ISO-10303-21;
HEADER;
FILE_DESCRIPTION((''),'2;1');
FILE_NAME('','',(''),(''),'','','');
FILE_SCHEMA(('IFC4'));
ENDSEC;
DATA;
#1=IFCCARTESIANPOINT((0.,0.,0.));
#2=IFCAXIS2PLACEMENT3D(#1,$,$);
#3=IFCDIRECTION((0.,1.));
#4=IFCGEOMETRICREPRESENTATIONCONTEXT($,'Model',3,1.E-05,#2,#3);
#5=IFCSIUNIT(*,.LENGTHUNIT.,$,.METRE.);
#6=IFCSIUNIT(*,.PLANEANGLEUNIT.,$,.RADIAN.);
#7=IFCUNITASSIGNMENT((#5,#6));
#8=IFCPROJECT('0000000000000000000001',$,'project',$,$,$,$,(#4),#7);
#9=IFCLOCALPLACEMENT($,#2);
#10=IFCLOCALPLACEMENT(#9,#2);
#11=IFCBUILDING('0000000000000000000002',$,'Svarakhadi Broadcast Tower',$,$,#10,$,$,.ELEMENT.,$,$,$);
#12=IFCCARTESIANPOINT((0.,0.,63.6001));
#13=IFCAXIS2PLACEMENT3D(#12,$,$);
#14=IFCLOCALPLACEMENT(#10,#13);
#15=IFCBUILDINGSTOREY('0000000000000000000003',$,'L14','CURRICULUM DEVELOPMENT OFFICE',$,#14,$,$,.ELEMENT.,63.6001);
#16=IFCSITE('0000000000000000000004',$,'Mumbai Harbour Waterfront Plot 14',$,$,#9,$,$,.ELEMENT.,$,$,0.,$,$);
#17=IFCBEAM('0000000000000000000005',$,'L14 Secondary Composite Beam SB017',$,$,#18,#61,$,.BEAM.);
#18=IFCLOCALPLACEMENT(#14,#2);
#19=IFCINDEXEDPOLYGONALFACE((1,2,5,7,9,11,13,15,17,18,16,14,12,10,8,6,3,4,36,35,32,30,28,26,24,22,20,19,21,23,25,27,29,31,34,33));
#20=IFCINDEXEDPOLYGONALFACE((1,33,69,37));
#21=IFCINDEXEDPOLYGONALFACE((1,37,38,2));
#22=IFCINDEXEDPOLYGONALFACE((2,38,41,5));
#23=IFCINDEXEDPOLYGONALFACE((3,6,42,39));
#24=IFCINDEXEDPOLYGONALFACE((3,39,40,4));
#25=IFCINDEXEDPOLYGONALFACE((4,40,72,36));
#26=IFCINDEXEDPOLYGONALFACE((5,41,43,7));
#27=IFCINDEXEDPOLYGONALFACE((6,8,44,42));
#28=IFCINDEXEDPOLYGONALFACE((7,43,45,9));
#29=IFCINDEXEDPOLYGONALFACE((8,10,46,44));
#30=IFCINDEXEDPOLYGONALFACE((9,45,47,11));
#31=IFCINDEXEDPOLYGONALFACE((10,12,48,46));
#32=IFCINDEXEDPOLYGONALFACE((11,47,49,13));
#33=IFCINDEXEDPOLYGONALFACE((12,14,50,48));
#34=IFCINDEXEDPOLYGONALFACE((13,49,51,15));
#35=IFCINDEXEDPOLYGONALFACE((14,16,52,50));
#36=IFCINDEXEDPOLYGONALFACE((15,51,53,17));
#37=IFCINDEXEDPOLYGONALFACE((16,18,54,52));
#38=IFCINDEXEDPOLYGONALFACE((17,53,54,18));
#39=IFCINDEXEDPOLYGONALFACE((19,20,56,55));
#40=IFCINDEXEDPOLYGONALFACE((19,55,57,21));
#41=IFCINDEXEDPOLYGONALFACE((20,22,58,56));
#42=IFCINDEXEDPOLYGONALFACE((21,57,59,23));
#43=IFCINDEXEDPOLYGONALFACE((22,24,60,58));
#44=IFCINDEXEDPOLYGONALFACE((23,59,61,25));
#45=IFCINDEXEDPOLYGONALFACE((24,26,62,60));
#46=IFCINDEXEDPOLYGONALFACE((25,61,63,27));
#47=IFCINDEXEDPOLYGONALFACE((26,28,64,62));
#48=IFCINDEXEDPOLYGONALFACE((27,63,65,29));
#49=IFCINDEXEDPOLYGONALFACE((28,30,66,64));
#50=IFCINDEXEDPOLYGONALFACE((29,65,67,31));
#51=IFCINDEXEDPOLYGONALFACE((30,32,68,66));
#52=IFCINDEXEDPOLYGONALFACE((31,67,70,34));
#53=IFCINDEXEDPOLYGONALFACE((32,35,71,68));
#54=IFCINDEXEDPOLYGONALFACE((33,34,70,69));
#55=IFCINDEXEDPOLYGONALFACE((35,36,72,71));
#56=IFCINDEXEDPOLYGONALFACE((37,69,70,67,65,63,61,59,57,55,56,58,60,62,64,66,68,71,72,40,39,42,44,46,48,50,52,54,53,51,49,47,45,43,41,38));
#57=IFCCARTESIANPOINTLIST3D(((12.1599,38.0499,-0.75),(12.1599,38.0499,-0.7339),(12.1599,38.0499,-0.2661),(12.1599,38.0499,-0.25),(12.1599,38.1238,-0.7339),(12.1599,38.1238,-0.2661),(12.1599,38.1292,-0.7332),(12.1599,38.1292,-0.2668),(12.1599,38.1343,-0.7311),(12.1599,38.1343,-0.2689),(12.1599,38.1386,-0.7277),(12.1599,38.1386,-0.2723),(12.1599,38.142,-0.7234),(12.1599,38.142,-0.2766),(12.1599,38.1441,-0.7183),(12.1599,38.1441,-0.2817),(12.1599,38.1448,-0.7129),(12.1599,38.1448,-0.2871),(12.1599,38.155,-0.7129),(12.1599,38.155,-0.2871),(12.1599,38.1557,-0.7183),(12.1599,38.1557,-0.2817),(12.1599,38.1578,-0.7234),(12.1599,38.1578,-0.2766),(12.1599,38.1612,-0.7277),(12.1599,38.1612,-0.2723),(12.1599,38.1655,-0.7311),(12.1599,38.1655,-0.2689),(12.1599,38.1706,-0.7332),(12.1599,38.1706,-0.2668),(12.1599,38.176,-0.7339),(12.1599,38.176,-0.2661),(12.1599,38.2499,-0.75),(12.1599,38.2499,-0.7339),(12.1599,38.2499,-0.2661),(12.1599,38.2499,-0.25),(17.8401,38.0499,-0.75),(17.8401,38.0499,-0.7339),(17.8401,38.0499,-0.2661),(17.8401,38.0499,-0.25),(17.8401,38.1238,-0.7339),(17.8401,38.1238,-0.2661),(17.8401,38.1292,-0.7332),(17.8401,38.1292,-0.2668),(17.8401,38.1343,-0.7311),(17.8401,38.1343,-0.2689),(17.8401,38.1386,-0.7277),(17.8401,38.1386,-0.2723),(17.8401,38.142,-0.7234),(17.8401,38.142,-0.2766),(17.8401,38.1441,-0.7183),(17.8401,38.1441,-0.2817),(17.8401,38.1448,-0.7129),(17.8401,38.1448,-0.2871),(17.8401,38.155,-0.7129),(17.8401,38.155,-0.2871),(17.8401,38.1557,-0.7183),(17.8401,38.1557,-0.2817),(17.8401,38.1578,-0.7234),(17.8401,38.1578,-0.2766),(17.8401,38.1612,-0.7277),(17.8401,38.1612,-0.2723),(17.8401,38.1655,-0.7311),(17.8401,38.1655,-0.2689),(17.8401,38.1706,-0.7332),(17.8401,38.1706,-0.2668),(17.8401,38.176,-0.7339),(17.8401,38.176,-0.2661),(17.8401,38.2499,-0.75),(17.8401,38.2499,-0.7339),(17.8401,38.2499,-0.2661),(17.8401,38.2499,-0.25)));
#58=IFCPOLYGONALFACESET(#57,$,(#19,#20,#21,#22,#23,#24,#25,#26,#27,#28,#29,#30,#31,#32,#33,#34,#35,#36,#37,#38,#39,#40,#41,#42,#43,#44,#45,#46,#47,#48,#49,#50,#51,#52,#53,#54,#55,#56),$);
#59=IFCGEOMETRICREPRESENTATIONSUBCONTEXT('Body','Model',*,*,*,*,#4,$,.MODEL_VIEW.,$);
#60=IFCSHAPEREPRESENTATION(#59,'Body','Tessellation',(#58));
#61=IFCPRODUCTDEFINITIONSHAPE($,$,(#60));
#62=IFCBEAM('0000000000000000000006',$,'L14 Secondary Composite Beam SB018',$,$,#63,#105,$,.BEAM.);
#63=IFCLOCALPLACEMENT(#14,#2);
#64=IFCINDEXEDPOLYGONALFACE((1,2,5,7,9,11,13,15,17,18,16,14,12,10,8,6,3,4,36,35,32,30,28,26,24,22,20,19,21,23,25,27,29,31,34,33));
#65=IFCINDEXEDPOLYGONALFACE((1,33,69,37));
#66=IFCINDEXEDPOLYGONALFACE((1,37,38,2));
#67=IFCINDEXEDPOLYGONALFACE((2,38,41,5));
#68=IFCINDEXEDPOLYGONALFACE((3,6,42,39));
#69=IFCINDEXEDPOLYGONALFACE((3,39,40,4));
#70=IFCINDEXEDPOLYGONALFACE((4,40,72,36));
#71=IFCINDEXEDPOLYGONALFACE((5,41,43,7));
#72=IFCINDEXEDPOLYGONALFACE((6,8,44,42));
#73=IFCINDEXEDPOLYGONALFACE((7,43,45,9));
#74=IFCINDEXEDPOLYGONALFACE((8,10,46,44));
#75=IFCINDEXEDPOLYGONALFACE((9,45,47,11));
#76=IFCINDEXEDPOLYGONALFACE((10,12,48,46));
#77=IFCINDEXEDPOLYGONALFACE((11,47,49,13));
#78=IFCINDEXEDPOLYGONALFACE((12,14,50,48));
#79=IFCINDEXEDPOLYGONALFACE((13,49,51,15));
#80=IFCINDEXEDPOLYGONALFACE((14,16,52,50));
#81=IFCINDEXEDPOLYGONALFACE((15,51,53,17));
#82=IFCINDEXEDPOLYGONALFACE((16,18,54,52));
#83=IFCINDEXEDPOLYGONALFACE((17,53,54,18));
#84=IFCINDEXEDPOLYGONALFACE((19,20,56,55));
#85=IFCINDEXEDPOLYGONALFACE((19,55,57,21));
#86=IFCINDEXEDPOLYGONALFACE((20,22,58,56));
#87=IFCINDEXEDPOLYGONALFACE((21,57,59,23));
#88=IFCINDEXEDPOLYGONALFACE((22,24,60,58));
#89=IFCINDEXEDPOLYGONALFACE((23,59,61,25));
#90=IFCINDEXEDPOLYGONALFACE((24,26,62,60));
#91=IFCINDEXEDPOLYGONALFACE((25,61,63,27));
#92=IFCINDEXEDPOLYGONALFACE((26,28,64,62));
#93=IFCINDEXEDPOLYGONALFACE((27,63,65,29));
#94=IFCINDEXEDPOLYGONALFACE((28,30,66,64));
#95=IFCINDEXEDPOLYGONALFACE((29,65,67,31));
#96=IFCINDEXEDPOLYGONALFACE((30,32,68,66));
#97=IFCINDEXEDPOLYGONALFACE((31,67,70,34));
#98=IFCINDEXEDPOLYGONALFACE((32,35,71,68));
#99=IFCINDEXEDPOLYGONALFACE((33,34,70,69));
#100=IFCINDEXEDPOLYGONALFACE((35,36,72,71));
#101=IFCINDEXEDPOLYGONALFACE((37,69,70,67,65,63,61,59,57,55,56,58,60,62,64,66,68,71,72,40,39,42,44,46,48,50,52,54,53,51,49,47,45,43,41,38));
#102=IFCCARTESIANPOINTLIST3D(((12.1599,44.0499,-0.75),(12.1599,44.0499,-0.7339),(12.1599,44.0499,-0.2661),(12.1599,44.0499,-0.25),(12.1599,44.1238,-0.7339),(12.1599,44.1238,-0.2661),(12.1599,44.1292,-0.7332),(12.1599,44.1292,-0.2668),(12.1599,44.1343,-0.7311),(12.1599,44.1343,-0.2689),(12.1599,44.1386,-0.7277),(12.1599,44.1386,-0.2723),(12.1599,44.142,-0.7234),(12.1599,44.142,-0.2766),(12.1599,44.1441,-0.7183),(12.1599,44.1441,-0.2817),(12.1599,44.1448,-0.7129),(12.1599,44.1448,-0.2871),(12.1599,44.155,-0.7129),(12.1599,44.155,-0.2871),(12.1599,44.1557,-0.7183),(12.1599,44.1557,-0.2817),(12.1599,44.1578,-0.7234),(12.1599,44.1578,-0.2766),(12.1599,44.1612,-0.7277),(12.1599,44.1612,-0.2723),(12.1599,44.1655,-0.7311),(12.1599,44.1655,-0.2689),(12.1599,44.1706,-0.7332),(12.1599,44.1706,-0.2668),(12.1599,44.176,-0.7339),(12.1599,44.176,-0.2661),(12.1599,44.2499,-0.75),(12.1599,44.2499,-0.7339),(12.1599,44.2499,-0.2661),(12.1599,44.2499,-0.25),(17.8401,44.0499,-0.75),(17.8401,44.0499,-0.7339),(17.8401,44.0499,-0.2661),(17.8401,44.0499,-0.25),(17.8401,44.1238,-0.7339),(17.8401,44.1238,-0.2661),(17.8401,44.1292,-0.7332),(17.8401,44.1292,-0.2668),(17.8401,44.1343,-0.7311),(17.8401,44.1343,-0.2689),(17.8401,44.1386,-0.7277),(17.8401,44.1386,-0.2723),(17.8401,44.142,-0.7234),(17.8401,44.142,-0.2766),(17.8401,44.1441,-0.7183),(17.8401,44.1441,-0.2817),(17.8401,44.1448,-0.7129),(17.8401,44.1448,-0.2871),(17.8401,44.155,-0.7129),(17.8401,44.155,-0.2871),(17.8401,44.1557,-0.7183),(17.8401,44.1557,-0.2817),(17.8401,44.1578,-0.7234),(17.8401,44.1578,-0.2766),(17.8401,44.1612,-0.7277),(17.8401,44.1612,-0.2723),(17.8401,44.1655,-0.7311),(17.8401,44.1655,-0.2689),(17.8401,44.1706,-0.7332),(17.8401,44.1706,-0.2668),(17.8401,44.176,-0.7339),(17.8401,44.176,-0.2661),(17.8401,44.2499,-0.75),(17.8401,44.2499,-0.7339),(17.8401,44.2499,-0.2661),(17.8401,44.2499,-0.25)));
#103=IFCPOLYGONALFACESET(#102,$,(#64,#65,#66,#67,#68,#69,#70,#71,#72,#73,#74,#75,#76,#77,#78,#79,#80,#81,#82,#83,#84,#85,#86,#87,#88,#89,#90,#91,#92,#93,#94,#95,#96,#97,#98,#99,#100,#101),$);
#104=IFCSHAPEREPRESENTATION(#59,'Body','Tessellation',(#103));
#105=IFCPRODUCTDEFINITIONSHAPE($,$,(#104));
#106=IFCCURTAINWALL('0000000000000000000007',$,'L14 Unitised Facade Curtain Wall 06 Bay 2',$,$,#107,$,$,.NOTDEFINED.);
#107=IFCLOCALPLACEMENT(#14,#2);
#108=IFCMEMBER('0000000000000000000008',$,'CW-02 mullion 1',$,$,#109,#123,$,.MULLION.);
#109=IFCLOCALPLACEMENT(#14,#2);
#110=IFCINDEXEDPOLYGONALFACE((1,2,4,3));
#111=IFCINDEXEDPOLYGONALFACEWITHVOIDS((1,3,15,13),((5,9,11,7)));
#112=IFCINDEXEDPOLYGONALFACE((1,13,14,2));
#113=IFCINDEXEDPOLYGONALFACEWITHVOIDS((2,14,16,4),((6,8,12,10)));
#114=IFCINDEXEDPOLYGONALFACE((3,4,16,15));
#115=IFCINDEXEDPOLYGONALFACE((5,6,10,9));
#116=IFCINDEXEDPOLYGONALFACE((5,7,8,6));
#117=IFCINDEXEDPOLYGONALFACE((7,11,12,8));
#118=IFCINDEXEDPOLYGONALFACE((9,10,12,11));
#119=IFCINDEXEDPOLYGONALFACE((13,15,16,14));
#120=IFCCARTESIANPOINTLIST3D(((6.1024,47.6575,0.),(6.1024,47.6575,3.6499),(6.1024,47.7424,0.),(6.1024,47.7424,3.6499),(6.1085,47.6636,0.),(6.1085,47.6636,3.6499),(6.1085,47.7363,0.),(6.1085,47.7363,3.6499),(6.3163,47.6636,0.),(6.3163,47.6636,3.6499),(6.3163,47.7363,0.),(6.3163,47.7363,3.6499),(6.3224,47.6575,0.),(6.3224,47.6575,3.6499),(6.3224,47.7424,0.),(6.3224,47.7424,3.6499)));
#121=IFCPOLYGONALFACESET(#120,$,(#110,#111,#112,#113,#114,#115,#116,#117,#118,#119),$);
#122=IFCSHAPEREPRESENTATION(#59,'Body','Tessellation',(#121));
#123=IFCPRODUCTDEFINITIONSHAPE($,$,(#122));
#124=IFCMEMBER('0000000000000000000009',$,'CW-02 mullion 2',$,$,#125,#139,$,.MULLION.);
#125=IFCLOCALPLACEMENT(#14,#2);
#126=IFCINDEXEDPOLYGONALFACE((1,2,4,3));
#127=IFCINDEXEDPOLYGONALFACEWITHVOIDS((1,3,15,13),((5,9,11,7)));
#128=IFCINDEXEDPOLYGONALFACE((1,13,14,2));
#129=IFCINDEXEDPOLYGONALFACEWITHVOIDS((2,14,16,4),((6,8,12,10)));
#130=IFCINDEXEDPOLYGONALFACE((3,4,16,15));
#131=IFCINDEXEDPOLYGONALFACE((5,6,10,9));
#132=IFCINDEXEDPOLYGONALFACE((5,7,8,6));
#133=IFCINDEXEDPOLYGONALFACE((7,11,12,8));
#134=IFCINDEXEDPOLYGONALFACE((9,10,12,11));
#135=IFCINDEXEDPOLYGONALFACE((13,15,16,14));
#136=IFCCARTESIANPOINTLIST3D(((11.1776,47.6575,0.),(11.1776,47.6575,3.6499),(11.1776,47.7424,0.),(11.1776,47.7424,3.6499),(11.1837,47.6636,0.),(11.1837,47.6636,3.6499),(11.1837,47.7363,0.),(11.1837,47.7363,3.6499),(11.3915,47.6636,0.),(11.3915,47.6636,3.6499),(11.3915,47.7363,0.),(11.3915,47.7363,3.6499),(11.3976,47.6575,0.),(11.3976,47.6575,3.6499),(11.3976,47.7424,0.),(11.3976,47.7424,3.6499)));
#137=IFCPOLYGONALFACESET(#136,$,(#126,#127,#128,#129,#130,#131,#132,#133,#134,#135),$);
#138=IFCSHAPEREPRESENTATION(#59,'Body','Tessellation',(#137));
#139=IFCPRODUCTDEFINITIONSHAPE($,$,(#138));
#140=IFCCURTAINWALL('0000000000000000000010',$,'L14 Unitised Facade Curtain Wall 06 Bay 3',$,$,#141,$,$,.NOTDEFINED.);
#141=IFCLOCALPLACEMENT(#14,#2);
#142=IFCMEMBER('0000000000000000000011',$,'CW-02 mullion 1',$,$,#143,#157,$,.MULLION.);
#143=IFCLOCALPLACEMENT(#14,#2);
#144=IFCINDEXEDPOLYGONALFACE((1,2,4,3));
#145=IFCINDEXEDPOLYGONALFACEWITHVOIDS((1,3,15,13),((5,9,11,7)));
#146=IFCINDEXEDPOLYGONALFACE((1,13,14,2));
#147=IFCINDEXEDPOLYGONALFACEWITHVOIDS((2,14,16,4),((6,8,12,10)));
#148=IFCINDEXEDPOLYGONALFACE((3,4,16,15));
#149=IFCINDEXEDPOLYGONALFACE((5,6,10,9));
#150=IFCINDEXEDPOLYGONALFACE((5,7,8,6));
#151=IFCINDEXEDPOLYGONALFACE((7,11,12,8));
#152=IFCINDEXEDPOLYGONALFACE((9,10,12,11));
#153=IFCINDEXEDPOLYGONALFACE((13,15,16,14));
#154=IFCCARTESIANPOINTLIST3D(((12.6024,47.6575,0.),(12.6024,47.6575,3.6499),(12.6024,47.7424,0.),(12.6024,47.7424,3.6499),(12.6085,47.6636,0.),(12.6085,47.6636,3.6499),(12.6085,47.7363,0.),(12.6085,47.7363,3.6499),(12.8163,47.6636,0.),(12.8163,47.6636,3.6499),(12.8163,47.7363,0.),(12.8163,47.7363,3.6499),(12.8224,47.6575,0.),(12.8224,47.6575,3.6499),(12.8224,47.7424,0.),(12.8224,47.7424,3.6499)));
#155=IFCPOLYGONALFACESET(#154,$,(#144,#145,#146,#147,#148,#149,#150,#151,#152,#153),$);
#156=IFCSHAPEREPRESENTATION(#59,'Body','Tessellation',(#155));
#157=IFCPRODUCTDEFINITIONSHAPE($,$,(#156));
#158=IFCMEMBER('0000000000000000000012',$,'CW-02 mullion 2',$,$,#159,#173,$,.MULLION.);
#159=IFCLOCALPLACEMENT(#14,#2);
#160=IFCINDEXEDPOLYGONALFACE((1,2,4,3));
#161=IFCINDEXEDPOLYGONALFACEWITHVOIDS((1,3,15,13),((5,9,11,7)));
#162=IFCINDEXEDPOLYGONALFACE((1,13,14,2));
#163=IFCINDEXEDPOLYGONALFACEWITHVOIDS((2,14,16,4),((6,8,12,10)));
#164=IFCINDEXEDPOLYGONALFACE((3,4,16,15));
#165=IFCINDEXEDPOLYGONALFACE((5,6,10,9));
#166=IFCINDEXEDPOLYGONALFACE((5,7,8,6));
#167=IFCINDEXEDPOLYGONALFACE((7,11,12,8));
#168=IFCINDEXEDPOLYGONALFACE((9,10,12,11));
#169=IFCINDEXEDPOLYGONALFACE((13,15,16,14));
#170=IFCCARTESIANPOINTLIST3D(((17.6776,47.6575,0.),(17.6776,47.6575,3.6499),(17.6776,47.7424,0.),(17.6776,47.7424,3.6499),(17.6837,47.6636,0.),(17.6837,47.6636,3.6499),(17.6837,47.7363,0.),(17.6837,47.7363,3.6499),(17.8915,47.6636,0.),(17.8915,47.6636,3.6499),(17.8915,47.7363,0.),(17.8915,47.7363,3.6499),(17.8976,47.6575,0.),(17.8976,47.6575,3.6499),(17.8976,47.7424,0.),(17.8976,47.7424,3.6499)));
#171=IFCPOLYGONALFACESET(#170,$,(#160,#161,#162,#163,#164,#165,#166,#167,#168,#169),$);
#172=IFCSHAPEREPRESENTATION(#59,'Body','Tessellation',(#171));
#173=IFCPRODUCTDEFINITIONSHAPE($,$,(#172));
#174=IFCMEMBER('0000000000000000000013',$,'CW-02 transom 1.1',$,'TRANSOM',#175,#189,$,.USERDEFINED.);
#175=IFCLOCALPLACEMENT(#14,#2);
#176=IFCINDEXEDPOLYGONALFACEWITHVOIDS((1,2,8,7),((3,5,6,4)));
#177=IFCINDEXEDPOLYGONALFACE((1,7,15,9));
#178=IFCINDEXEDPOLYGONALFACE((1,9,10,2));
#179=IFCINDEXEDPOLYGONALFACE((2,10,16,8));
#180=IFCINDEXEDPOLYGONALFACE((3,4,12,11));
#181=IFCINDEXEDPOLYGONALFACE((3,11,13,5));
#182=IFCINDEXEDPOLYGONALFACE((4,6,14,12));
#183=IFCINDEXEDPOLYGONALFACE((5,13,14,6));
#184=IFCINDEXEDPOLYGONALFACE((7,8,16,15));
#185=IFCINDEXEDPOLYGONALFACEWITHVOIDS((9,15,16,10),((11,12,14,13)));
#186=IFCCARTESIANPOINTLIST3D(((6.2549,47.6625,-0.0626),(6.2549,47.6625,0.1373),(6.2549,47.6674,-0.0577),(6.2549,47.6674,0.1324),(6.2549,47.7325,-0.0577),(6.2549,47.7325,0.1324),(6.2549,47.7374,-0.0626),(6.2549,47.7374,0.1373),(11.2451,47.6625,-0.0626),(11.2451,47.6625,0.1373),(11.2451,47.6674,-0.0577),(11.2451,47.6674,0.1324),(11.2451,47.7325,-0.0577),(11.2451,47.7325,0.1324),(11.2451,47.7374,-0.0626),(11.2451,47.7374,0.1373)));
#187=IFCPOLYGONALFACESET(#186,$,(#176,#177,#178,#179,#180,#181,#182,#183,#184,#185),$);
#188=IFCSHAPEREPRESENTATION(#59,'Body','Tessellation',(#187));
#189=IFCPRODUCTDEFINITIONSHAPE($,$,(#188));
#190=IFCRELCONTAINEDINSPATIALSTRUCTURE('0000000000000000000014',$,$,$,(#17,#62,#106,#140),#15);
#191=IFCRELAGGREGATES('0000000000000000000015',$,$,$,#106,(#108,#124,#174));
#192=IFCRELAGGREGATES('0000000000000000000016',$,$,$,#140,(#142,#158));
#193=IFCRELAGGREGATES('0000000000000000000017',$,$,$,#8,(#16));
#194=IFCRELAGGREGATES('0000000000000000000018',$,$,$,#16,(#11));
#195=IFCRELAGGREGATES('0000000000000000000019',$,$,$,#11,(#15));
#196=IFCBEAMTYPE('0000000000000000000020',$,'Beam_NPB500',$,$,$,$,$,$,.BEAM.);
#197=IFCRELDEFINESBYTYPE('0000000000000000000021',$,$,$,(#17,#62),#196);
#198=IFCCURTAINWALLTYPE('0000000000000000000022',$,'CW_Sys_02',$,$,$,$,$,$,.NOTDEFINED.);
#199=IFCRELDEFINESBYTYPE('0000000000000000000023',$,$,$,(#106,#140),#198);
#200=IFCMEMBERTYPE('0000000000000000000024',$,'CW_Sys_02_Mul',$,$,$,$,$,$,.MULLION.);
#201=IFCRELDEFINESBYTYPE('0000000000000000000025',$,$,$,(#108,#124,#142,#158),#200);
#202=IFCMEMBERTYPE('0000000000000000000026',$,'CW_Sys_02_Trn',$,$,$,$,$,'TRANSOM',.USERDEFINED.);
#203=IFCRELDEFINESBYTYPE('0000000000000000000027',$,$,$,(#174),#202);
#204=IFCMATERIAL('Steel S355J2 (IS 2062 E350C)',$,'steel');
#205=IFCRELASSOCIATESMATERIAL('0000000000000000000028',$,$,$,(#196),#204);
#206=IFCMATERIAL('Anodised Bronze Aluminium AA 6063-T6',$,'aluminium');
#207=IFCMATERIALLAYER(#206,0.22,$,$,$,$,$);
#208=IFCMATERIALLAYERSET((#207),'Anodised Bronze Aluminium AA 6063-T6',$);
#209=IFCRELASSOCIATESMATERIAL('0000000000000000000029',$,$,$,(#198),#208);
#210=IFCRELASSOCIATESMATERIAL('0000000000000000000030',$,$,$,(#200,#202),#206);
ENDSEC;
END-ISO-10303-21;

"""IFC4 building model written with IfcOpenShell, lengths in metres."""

from ifc_helpers import new_model, si_unit, direction, frame, origin, origin_2d, place, context, subcontext, project, spatial, hollow_rectangle, i_section, extrude, material, layer, layer_set, material_profile, profile_set, type_object, element, aggregate, save


model = new_model("IFC4")

# Units and contexts
model_context = context("Model", 3, precision=1e-05, world=origin(), true_north=direction((0.0, 1.0)))
body_context = subcontext(model_context, "Body", "Model", "MODEL_VIEW")
ifc_project = project(units=[si_unit("LENGTHUNIT", "METRE"), si_unit("PLANEANGLEUNIT", "RADIAN")], contexts=[model_context])

# Site, building, storey
site_placement = place(None, origin())
site = spatial("IfcSite", under=ifc_project, at=site_placement, Name="Mumbai Harbour Waterfront Plot 14", CompositionType="ELEMENT", RefElevation=0.0)
building_placement = place(site_placement, origin())
building = spatial("IfcBuilding", under=site, at=building_placement, Name="Svarakhadi Broadcast Tower", CompositionType="ELEMENT")
storey_placement = place(building_placement, frame((0.0, 0.0, 63.6001)))
storey = spatial("IfcBuildingStorey", under=building, at=storey_placement, Name="L14", Description="CURRICULUM DEVELOPMENT OFFICE", CompositionType="ELEMENT", Elevation=63.6001)

# Beams
ifc_material_1 = material(Name="Steel S355J2 (IS 2062 E350C)", Category="steel")
ifc_material_profile_1 = material_profile(ifc_material_1, i_section(OverallWidth=0.2, OverallDepth=0.5, WebThickness=0.0103, FlangeThickness=0.0161, FilletRadius=0.021, at=origin_2d()), Name="NPB 500x200x91")
ifc_profile_set_1 = profile_set([ifc_material_profile_1], Name="Steel S355J2 (IS 2062 E350C)")
beam_type_1 = type_object("IfcBeamType", Name="Beam_NPB500", PredefinedType="BEAM", material=ifc_profile_set_1)
for number, where, z_axis, x_axis, name in (
    (1, (12.1599, 38.1499, -0.5), (1.0, 0.0, 0.0), (0.0, 1.0, 0.0), "L14 Secondary Composite Beam SB017"),
    (2, (12.1599, 44.1499, -0.5), (1.0, 0.0, 0.0), (0.0, 1.0, 0.0), "L14 Secondary Composite Beam SB018"),
):
    element("IfcBeam", number, at=place(storey_placement, frame(where, z_axis=z_axis, x_axis=x_axis)), inside=storey, type_object=beam_type_1, Name=name, PredefinedType="BEAM", context=body_context, shape_type="SweptSolid", body=[
        extrude(i_section(OverallWidth=0.2, OverallDepth=0.5, WebThickness=0.0103, FlangeThickness=0.0161, FilletRadius=0.021, at=origin_2d()), origin(), (0.0, 0.0, 1.0), 5.6802),
    ])

# Curtain walls, members
ifc_material_2 = material(Name="Anodised Bronze Aluminium AA 6063-T6", Category="aluminium")
ifc_layer_1 = layer(ifc_material_2, 0.22)
ifc_layer_set_1 = layer_set([ifc_layer_1], Name="Anodised Bronze Aluminium AA 6063-T6")
curtain_wall_type = type_object("IfcCurtainWallType", Name="CW_Sys_02", PredefinedType="NOTDEFINED", material=ifc_layer_set_1)
curtain_wall_1_placement = place(storey_placement, origin())
curtain_wall_1 = element("IfcCurtainWall", 3, at=curtain_wall_1_placement, inside=storey, type_object=curtain_wall_type, Name="L14 Unitised Facade Curtain Wall 06 Bay 2", PredefinedType="NOTDEFINED")
ifc_material_profile_2 = material_profile(ifc_material_2, hollow_rectangle(XDim=0.085, YDim=0.22, WallThickness=0.0061, at=origin_2d()), Name="ALU MULLION 220x85x6")
ifc_profile_set_2 = profile_set([ifc_material_profile_2], Name="Anodised Bronze Aluminium AA 6063-T6")
member_type_1 = type_object("IfcMemberType", Name="CW_Sys_02_Mul", PredefinedType="MULLION", material=ifc_profile_set_2)
member_1_placement = place(storey_placement, frame((6.2124, 47.7, 0.0), z_axis=(0.0, 0.0, 1.0), x_axis=(0.0, 1.0, 0.0)))
member_1 = element("IfcMember", 4, at=member_1_placement, type_object=member_type_1, Name="CW-02 mullion 1", PredefinedType="MULLION", context=body_context, shape_type="SweptSolid", body=[
    extrude(hollow_rectangle(XDim=0.085, YDim=0.22, WallThickness=0.0061, at=origin_2d()), origin(), (0.0, 0.0, 1.0), 3.6499),
])
member_2_placement = place(storey_placement, frame((11.2876, 47.7, 0.0), z_axis=(0.0, 0.0, 1.0), x_axis=(0.0, 1.0, 0.0)))
member_2 = element("IfcMember", 5, at=member_2_placement, type_object=member_type_1, Name="CW-02 mullion 2", PredefinedType="MULLION", context=body_context, shape_type="SweptSolid", body=[
    extrude(hollow_rectangle(XDim=0.085, YDim=0.22, WallThickness=0.0061, at=origin_2d()), origin(), (0.0, 0.0, 1.0), 3.6499),
])
curtain_wall_2_placement = place(storey_placement, origin())
curtain_wall_2 = element("IfcCurtainWall", 6, at=curtain_wall_2_placement, inside=storey, type_object=curtain_wall_type, Name="L14 Unitised Facade Curtain Wall 06 Bay 3", PredefinedType="NOTDEFINED")
member_3_placement = place(storey_placement, frame((12.7124, 47.7, 0.0), z_axis=(0.0, 0.0, 1.0), x_axis=(0.0, 1.0, 0.0)))
member_3 = element("IfcMember", 7, at=member_3_placement, type_object=member_type_1, Name="CW-02 mullion 1", PredefinedType="MULLION", context=body_context, shape_type="SweptSolid", body=[
    extrude(hollow_rectangle(XDim=0.085, YDim=0.22, WallThickness=0.0061, at=origin_2d()), origin(), (0.0, 0.0, 1.0), 3.6499),
])
member_4_placement = place(storey_placement, frame((17.7876, 47.7, 0.0), z_axis=(0.0, 0.0, 1.0), x_axis=(0.0, 1.0, 0.0)))
member_4 = element("IfcMember", 8, at=member_4_placement, type_object=member_type_1, Name="CW-02 mullion 2", PredefinedType="MULLION", context=body_context, shape_type="SweptSolid", body=[
    extrude(hollow_rectangle(XDim=0.085, YDim=0.22, WallThickness=0.0061, at=origin_2d()), origin(), (0.0, 0.0, 1.0), 3.6499),
])

# Member
ifc_material_profile_3 = material_profile(ifc_material_2, hollow_rectangle(XDim=0.075, YDim=0.2, WallThickness=0.0049, at=origin_2d()), Name="ALU TRANSOM 200x75x5")
ifc_profile_set_3 = profile_set([ifc_material_profile_3], Name="Anodised Bronze Aluminium AA 6063-T6")
member_type_2 = type_object("IfcMemberType", Name="CW_Sys_02_Trn", ElementType="TRANSOM", PredefinedType="USERDEFINED", material=ifc_profile_set_3)
member_5_placement = place(storey_placement, frame((6.2549, 47.7, 0.0374), z_axis=(1.0, 0.0, 0.0), x_axis=(0.0, 1.0, 0.0)))
member_5 = element("IfcMember", 9, at=member_5_placement, type_object=member_type_2, Name="CW-02 transom 1.1", ObjectType="TRANSOM", PredefinedType="USERDEFINED", context=body_context, shape_type="SweptSolid", body=[
    extrude(hollow_rectangle(XDim=0.075, YDim=0.2, WallThickness=0.0049, at=origin_2d()), origin(), (0.0, 0.0, 1.0), 4.9902),
])

aggregate(curtain_wall_1, [member_1, member_2, member_5])
aggregate(curtain_wall_2, [member_3, member_4])

save(model, "model.ifc")
